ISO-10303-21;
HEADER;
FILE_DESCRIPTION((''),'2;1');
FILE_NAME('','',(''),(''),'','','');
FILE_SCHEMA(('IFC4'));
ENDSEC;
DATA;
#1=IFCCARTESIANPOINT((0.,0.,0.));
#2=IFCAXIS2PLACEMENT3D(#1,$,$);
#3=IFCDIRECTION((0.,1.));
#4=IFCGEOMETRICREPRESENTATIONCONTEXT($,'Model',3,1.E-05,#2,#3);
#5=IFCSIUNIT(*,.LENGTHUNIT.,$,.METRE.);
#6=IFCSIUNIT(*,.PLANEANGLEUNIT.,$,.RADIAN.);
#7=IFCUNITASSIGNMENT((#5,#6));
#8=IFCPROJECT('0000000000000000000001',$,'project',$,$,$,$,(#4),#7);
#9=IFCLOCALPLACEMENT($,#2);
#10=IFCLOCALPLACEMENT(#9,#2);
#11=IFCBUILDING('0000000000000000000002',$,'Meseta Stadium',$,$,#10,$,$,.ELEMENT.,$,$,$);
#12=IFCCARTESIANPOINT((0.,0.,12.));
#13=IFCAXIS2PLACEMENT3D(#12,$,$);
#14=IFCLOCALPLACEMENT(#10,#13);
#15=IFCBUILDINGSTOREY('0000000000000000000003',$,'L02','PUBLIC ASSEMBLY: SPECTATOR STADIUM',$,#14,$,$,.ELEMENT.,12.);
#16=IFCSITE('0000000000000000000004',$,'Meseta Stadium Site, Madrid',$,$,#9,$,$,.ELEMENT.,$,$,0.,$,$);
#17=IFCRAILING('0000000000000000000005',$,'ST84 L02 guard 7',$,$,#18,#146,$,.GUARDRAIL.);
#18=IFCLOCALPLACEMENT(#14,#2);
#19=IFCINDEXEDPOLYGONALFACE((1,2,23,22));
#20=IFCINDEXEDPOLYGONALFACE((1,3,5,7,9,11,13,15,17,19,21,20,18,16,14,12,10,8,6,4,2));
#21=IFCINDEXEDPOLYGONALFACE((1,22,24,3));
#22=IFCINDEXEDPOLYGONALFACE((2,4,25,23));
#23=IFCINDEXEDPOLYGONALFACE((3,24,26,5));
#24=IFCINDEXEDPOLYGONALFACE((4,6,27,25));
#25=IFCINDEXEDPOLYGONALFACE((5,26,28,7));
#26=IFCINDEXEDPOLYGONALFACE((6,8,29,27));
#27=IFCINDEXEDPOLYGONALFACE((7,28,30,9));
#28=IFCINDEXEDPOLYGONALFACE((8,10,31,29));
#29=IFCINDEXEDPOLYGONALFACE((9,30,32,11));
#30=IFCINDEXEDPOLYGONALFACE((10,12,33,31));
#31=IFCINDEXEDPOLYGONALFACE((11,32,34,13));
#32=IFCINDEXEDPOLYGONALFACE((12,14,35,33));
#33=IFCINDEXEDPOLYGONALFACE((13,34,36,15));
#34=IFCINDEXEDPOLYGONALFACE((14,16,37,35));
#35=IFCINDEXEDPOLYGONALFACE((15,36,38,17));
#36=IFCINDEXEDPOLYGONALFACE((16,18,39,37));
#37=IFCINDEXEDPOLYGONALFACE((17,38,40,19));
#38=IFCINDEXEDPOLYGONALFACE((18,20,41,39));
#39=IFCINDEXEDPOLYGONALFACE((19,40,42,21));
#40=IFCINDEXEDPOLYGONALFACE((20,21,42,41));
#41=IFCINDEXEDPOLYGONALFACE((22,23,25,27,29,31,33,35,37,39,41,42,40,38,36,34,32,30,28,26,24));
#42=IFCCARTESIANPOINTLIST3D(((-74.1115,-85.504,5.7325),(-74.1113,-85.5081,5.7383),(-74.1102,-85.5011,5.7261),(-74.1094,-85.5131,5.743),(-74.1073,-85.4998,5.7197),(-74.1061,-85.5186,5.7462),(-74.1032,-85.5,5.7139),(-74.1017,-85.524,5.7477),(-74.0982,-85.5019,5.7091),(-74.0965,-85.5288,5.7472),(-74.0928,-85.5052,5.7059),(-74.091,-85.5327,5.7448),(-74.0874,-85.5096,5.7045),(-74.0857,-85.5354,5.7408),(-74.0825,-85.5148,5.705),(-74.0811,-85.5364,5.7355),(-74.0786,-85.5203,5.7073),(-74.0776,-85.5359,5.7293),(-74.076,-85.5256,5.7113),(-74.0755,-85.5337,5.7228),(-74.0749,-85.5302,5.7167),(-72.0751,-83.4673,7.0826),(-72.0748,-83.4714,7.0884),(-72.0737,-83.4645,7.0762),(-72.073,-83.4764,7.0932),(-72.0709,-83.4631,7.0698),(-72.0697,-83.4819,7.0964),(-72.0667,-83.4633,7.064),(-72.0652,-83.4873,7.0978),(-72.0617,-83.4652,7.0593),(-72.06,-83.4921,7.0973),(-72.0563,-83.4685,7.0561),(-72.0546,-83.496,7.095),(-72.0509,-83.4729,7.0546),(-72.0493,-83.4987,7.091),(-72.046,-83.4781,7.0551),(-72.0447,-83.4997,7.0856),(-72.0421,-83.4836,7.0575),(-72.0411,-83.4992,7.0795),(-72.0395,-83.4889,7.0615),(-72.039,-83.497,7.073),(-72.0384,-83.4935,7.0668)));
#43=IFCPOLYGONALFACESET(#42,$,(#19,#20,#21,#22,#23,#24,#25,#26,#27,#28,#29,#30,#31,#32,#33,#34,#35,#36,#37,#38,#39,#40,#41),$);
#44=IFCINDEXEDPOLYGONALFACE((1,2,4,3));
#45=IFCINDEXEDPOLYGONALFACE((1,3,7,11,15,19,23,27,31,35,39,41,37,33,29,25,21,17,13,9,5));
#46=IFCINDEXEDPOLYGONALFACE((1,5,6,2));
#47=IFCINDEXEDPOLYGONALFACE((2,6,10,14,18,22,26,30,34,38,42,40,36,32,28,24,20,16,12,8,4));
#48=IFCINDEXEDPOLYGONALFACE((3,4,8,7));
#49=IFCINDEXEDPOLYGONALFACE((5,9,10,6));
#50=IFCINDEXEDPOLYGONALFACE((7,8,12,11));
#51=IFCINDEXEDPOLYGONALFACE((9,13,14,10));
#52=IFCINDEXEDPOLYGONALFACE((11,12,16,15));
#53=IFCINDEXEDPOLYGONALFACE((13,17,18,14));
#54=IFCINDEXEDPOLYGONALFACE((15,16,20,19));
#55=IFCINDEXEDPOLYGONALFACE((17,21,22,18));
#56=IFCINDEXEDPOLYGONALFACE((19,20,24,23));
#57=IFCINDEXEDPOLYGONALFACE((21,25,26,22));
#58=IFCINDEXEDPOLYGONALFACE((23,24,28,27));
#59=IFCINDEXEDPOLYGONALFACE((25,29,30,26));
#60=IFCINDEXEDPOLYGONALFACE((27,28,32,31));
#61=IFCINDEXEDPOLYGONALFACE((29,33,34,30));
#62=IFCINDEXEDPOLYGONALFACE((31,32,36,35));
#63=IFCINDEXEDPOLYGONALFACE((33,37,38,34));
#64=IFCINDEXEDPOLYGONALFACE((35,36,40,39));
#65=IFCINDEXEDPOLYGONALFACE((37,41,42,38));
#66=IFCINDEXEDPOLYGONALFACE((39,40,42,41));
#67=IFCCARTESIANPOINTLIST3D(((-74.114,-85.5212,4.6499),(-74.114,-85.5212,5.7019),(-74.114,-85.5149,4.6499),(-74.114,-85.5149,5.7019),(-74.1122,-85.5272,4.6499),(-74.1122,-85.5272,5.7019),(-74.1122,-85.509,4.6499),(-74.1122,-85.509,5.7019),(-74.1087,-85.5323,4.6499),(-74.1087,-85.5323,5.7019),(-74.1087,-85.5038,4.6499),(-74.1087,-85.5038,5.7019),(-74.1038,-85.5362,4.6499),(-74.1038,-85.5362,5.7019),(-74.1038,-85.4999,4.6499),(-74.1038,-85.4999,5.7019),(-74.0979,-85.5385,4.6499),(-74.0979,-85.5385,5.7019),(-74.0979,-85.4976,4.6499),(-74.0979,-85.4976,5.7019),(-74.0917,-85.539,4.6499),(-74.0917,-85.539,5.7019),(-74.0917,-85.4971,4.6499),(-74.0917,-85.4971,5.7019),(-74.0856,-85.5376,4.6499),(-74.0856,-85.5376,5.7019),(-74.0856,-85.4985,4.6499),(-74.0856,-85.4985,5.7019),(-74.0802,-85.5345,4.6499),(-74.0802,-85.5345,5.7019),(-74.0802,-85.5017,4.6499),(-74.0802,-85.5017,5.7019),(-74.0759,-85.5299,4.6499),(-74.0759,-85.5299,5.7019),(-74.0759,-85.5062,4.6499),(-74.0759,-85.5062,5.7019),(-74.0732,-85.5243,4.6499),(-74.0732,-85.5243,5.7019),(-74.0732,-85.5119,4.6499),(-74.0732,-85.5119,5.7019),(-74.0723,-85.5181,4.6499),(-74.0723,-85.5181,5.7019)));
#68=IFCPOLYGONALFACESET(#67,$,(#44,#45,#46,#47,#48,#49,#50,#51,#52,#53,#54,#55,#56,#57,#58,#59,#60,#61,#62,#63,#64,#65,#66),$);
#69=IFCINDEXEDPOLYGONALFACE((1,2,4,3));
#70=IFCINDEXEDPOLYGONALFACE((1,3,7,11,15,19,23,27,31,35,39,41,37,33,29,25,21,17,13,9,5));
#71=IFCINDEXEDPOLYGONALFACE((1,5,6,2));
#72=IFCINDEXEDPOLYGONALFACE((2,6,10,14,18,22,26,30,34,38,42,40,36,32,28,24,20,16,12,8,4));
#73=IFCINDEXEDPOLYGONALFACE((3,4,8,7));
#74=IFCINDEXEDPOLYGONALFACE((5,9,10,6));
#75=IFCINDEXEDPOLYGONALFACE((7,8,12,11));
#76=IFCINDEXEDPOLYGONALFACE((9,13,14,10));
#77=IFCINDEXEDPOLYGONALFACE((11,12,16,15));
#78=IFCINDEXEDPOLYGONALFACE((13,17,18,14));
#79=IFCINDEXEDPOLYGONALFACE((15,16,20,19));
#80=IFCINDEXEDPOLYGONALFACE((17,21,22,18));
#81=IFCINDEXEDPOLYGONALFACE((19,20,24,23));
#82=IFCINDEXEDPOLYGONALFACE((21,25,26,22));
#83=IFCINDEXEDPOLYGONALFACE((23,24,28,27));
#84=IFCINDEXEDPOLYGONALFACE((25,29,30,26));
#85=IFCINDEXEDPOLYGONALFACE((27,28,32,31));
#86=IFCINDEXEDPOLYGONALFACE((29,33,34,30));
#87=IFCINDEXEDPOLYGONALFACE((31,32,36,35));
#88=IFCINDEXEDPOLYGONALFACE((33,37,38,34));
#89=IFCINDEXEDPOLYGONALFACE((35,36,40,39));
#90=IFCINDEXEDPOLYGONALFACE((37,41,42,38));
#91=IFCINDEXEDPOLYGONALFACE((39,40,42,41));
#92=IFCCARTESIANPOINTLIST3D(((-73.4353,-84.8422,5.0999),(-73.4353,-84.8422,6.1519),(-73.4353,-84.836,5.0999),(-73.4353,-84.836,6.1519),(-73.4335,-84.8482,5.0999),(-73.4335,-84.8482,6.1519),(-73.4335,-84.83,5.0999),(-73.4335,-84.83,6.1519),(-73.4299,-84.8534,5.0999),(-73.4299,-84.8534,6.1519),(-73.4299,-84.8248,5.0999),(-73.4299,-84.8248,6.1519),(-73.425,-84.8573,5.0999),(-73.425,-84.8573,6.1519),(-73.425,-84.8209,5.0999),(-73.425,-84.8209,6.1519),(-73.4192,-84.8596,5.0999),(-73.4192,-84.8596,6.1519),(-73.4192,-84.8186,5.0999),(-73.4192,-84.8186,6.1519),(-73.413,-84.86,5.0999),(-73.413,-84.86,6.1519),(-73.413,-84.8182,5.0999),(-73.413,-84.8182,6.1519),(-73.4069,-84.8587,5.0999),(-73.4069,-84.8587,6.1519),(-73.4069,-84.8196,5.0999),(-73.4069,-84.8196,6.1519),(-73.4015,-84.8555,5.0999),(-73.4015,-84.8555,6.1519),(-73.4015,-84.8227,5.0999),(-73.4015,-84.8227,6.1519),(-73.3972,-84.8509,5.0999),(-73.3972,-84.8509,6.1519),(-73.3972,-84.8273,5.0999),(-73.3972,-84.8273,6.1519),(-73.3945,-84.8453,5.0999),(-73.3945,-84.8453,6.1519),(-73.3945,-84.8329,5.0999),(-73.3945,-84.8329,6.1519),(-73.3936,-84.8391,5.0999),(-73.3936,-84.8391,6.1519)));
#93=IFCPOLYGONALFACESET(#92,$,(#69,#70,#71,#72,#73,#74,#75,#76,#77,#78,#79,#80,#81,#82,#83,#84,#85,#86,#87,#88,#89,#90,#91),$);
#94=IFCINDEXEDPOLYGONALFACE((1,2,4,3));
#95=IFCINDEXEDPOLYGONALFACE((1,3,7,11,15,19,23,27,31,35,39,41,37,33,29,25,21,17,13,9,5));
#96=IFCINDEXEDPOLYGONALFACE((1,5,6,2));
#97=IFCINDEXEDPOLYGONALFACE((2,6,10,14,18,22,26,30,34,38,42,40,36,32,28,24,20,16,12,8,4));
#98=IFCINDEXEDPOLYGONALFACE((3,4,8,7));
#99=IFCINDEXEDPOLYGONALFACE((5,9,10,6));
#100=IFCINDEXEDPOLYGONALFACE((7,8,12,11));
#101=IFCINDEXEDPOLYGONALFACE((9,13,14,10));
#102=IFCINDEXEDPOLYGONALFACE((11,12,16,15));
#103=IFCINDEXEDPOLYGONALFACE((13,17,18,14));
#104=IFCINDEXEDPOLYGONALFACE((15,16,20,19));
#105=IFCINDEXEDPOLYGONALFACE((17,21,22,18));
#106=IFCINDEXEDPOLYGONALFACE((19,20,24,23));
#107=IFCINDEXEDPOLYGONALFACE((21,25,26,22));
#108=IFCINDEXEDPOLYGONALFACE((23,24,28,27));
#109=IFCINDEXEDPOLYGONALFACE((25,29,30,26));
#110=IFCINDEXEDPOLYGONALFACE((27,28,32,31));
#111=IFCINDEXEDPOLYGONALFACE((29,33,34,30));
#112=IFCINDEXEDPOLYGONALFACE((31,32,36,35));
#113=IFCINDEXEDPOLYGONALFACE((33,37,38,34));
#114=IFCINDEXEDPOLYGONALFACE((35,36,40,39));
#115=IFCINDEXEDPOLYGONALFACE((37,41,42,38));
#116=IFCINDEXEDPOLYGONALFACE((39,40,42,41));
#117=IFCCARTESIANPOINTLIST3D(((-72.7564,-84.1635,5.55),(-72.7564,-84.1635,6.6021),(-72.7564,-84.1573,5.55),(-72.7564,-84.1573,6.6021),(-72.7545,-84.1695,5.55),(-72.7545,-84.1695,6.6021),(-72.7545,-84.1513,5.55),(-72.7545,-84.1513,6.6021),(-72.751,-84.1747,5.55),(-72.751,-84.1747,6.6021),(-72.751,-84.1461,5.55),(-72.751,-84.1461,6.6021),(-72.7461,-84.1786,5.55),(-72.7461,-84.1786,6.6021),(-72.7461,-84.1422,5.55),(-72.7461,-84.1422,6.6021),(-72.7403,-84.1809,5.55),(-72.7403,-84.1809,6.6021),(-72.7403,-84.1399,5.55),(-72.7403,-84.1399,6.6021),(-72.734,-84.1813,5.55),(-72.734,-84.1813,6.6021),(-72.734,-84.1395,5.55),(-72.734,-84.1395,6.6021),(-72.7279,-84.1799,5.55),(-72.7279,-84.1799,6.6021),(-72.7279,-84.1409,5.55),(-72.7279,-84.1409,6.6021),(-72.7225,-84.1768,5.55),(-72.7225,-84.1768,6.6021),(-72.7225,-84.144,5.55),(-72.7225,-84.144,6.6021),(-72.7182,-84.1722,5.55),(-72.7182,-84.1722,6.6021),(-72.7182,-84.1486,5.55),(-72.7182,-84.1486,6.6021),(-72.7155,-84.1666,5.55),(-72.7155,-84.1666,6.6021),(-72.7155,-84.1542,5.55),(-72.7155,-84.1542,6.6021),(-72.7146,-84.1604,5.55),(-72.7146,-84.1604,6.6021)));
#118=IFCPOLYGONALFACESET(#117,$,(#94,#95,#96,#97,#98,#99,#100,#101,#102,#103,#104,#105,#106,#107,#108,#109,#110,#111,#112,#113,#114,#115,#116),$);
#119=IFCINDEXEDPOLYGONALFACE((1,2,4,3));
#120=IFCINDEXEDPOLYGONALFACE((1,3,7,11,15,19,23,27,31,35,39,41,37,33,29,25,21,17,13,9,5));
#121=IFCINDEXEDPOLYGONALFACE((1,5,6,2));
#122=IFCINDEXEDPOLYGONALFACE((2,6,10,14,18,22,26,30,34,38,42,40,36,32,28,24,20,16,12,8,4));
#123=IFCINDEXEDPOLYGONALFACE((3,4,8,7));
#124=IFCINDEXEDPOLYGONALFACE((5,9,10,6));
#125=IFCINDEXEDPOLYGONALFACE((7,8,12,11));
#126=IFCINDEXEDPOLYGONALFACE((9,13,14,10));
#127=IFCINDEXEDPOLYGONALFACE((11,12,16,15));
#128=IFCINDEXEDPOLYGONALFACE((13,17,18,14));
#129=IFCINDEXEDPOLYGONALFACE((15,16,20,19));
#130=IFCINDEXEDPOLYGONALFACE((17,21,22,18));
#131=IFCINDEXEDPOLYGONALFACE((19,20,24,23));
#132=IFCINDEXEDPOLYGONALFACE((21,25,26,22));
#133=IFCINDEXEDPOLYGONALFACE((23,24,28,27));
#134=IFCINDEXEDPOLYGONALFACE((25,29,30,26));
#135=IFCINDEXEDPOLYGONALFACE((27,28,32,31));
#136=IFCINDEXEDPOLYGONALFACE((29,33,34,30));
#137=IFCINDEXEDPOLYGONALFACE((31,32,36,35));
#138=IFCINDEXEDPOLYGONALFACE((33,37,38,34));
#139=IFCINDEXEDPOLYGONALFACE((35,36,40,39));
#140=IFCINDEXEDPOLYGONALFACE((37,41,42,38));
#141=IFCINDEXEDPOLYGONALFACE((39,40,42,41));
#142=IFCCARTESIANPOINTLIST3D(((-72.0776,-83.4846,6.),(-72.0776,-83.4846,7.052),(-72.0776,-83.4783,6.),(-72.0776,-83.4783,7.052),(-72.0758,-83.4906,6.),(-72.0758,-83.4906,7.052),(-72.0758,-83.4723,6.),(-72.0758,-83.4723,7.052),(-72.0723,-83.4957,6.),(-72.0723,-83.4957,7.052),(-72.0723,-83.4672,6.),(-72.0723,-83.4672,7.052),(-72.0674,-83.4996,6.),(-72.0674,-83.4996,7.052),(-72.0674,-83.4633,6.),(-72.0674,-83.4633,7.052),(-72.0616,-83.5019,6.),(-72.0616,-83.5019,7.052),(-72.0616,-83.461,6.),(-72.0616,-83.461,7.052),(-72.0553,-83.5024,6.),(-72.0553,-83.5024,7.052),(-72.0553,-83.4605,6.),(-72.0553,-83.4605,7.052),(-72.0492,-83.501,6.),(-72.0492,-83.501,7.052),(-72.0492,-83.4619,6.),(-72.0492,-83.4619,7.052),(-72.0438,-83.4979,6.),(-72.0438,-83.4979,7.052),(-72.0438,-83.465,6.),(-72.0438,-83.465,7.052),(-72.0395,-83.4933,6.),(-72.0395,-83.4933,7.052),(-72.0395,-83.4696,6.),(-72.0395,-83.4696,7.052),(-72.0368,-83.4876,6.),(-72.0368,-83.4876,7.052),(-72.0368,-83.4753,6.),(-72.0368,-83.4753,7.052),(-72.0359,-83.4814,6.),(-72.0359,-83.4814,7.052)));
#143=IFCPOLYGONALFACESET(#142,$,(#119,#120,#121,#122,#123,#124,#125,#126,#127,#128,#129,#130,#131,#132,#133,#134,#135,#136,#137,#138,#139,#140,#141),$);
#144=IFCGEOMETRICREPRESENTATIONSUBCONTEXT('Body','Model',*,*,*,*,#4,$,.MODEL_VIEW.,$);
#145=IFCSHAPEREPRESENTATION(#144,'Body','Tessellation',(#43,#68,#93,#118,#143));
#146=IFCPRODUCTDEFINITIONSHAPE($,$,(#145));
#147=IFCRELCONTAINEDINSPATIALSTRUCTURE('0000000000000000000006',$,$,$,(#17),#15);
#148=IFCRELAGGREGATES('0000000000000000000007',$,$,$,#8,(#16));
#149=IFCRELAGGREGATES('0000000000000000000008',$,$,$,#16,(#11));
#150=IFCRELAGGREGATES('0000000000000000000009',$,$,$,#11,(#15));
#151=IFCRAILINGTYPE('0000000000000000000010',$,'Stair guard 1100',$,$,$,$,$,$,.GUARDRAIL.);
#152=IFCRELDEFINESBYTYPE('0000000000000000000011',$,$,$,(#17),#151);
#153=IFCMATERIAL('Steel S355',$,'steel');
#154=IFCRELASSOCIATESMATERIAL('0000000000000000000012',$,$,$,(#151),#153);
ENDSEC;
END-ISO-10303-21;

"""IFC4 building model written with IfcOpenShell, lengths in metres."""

from ifc_helpers import new_model, si_unit, direction, frame, origin, origin_2d, place, context, subcontext, project, spatial, circle, extrude, material, type_object, element, save


model = new_model("IFC4")

# Units and contexts
model_context = context("Model", 3, precision=1e-05, world=origin(), true_north=direction((0.0, 1.0)))
body_context = subcontext(model_context, "Body", "Model", "MODEL_VIEW")
ifc_project = project(units=[si_unit("LENGTHUNIT", "METRE"), si_unit("PLANEANGLEUNIT", "RADIAN")], contexts=[model_context])

# Site, building, storey
site_placement = place(None, origin())
site = spatial("IfcSite", under=ifc_project, at=site_placement, Name="Meseta Stadium Site, Madrid", CompositionType="ELEMENT", RefElevation=0.0)
building_placement = place(site_placement, origin())
building = spatial("IfcBuilding", under=site, at=building_placement, Name="Meseta Stadium", CompositionType="ELEMENT")
storey_placement = place(building_placement, frame((0.0, 0.0, 12.0)))
storey = spatial("IfcBuildingStorey", under=building, at=storey_placement, Name="L02", Description="PUBLIC ASSEMBLY: SPECTATOR STADIUM", CompositionType="ELEMENT", Elevation=12.0)

# Railing
ifc_material_1 = material(Name="Steel S355", Category="steel")
railing_type_1 = type_object("IfcRailingType", Name="Stair guard 1100", PredefinedType="GUARDRAIL", material=ifc_material_1)
railing_1_placement = place(storey_placement, frame((-74.0933, -85.5181, 4.6499)))
element("IfcRailing", 1, at=railing_1_placement, inside=storey, type_object=railing_type_1, Name="ST84 L02 guard 7", PredefinedType="GUARDRAIL", context=body_context, shape_type="SweptSolid", body=[
    extrude(circle(Radius=0.0239, at=origin_2d()), frame((0.0, 0.0, 1.0762), z_axis=(0.640211, 0.640288, 0.424454), x_axis=(-0.707149, 0.707064, 0.0)), (0.0, 0.0, 1.0), 3.1809),
    extrude(circle(Radius=0.021, at=origin_2d()), origin(), (0.0, 0.0, 1.0), 1.052),
    extrude(circle(Radius=0.021, at=origin_2d()), frame((0.6787, 0.679, 0.45)), (0.0, 0.0, 1.0), 1.052),
    extrude(circle(Radius=0.021, at=origin_2d()), frame((1.3577, 1.3577, 0.9001)), (0.0, 0.0, 1.0), 1.052),
    extrude(circle(Radius=0.021, at=origin_2d()), frame((2.0364, 2.0366, 1.3501)), (0.0, 0.0, 1.0), 1.052),
])

save(model, "model.ifc")
